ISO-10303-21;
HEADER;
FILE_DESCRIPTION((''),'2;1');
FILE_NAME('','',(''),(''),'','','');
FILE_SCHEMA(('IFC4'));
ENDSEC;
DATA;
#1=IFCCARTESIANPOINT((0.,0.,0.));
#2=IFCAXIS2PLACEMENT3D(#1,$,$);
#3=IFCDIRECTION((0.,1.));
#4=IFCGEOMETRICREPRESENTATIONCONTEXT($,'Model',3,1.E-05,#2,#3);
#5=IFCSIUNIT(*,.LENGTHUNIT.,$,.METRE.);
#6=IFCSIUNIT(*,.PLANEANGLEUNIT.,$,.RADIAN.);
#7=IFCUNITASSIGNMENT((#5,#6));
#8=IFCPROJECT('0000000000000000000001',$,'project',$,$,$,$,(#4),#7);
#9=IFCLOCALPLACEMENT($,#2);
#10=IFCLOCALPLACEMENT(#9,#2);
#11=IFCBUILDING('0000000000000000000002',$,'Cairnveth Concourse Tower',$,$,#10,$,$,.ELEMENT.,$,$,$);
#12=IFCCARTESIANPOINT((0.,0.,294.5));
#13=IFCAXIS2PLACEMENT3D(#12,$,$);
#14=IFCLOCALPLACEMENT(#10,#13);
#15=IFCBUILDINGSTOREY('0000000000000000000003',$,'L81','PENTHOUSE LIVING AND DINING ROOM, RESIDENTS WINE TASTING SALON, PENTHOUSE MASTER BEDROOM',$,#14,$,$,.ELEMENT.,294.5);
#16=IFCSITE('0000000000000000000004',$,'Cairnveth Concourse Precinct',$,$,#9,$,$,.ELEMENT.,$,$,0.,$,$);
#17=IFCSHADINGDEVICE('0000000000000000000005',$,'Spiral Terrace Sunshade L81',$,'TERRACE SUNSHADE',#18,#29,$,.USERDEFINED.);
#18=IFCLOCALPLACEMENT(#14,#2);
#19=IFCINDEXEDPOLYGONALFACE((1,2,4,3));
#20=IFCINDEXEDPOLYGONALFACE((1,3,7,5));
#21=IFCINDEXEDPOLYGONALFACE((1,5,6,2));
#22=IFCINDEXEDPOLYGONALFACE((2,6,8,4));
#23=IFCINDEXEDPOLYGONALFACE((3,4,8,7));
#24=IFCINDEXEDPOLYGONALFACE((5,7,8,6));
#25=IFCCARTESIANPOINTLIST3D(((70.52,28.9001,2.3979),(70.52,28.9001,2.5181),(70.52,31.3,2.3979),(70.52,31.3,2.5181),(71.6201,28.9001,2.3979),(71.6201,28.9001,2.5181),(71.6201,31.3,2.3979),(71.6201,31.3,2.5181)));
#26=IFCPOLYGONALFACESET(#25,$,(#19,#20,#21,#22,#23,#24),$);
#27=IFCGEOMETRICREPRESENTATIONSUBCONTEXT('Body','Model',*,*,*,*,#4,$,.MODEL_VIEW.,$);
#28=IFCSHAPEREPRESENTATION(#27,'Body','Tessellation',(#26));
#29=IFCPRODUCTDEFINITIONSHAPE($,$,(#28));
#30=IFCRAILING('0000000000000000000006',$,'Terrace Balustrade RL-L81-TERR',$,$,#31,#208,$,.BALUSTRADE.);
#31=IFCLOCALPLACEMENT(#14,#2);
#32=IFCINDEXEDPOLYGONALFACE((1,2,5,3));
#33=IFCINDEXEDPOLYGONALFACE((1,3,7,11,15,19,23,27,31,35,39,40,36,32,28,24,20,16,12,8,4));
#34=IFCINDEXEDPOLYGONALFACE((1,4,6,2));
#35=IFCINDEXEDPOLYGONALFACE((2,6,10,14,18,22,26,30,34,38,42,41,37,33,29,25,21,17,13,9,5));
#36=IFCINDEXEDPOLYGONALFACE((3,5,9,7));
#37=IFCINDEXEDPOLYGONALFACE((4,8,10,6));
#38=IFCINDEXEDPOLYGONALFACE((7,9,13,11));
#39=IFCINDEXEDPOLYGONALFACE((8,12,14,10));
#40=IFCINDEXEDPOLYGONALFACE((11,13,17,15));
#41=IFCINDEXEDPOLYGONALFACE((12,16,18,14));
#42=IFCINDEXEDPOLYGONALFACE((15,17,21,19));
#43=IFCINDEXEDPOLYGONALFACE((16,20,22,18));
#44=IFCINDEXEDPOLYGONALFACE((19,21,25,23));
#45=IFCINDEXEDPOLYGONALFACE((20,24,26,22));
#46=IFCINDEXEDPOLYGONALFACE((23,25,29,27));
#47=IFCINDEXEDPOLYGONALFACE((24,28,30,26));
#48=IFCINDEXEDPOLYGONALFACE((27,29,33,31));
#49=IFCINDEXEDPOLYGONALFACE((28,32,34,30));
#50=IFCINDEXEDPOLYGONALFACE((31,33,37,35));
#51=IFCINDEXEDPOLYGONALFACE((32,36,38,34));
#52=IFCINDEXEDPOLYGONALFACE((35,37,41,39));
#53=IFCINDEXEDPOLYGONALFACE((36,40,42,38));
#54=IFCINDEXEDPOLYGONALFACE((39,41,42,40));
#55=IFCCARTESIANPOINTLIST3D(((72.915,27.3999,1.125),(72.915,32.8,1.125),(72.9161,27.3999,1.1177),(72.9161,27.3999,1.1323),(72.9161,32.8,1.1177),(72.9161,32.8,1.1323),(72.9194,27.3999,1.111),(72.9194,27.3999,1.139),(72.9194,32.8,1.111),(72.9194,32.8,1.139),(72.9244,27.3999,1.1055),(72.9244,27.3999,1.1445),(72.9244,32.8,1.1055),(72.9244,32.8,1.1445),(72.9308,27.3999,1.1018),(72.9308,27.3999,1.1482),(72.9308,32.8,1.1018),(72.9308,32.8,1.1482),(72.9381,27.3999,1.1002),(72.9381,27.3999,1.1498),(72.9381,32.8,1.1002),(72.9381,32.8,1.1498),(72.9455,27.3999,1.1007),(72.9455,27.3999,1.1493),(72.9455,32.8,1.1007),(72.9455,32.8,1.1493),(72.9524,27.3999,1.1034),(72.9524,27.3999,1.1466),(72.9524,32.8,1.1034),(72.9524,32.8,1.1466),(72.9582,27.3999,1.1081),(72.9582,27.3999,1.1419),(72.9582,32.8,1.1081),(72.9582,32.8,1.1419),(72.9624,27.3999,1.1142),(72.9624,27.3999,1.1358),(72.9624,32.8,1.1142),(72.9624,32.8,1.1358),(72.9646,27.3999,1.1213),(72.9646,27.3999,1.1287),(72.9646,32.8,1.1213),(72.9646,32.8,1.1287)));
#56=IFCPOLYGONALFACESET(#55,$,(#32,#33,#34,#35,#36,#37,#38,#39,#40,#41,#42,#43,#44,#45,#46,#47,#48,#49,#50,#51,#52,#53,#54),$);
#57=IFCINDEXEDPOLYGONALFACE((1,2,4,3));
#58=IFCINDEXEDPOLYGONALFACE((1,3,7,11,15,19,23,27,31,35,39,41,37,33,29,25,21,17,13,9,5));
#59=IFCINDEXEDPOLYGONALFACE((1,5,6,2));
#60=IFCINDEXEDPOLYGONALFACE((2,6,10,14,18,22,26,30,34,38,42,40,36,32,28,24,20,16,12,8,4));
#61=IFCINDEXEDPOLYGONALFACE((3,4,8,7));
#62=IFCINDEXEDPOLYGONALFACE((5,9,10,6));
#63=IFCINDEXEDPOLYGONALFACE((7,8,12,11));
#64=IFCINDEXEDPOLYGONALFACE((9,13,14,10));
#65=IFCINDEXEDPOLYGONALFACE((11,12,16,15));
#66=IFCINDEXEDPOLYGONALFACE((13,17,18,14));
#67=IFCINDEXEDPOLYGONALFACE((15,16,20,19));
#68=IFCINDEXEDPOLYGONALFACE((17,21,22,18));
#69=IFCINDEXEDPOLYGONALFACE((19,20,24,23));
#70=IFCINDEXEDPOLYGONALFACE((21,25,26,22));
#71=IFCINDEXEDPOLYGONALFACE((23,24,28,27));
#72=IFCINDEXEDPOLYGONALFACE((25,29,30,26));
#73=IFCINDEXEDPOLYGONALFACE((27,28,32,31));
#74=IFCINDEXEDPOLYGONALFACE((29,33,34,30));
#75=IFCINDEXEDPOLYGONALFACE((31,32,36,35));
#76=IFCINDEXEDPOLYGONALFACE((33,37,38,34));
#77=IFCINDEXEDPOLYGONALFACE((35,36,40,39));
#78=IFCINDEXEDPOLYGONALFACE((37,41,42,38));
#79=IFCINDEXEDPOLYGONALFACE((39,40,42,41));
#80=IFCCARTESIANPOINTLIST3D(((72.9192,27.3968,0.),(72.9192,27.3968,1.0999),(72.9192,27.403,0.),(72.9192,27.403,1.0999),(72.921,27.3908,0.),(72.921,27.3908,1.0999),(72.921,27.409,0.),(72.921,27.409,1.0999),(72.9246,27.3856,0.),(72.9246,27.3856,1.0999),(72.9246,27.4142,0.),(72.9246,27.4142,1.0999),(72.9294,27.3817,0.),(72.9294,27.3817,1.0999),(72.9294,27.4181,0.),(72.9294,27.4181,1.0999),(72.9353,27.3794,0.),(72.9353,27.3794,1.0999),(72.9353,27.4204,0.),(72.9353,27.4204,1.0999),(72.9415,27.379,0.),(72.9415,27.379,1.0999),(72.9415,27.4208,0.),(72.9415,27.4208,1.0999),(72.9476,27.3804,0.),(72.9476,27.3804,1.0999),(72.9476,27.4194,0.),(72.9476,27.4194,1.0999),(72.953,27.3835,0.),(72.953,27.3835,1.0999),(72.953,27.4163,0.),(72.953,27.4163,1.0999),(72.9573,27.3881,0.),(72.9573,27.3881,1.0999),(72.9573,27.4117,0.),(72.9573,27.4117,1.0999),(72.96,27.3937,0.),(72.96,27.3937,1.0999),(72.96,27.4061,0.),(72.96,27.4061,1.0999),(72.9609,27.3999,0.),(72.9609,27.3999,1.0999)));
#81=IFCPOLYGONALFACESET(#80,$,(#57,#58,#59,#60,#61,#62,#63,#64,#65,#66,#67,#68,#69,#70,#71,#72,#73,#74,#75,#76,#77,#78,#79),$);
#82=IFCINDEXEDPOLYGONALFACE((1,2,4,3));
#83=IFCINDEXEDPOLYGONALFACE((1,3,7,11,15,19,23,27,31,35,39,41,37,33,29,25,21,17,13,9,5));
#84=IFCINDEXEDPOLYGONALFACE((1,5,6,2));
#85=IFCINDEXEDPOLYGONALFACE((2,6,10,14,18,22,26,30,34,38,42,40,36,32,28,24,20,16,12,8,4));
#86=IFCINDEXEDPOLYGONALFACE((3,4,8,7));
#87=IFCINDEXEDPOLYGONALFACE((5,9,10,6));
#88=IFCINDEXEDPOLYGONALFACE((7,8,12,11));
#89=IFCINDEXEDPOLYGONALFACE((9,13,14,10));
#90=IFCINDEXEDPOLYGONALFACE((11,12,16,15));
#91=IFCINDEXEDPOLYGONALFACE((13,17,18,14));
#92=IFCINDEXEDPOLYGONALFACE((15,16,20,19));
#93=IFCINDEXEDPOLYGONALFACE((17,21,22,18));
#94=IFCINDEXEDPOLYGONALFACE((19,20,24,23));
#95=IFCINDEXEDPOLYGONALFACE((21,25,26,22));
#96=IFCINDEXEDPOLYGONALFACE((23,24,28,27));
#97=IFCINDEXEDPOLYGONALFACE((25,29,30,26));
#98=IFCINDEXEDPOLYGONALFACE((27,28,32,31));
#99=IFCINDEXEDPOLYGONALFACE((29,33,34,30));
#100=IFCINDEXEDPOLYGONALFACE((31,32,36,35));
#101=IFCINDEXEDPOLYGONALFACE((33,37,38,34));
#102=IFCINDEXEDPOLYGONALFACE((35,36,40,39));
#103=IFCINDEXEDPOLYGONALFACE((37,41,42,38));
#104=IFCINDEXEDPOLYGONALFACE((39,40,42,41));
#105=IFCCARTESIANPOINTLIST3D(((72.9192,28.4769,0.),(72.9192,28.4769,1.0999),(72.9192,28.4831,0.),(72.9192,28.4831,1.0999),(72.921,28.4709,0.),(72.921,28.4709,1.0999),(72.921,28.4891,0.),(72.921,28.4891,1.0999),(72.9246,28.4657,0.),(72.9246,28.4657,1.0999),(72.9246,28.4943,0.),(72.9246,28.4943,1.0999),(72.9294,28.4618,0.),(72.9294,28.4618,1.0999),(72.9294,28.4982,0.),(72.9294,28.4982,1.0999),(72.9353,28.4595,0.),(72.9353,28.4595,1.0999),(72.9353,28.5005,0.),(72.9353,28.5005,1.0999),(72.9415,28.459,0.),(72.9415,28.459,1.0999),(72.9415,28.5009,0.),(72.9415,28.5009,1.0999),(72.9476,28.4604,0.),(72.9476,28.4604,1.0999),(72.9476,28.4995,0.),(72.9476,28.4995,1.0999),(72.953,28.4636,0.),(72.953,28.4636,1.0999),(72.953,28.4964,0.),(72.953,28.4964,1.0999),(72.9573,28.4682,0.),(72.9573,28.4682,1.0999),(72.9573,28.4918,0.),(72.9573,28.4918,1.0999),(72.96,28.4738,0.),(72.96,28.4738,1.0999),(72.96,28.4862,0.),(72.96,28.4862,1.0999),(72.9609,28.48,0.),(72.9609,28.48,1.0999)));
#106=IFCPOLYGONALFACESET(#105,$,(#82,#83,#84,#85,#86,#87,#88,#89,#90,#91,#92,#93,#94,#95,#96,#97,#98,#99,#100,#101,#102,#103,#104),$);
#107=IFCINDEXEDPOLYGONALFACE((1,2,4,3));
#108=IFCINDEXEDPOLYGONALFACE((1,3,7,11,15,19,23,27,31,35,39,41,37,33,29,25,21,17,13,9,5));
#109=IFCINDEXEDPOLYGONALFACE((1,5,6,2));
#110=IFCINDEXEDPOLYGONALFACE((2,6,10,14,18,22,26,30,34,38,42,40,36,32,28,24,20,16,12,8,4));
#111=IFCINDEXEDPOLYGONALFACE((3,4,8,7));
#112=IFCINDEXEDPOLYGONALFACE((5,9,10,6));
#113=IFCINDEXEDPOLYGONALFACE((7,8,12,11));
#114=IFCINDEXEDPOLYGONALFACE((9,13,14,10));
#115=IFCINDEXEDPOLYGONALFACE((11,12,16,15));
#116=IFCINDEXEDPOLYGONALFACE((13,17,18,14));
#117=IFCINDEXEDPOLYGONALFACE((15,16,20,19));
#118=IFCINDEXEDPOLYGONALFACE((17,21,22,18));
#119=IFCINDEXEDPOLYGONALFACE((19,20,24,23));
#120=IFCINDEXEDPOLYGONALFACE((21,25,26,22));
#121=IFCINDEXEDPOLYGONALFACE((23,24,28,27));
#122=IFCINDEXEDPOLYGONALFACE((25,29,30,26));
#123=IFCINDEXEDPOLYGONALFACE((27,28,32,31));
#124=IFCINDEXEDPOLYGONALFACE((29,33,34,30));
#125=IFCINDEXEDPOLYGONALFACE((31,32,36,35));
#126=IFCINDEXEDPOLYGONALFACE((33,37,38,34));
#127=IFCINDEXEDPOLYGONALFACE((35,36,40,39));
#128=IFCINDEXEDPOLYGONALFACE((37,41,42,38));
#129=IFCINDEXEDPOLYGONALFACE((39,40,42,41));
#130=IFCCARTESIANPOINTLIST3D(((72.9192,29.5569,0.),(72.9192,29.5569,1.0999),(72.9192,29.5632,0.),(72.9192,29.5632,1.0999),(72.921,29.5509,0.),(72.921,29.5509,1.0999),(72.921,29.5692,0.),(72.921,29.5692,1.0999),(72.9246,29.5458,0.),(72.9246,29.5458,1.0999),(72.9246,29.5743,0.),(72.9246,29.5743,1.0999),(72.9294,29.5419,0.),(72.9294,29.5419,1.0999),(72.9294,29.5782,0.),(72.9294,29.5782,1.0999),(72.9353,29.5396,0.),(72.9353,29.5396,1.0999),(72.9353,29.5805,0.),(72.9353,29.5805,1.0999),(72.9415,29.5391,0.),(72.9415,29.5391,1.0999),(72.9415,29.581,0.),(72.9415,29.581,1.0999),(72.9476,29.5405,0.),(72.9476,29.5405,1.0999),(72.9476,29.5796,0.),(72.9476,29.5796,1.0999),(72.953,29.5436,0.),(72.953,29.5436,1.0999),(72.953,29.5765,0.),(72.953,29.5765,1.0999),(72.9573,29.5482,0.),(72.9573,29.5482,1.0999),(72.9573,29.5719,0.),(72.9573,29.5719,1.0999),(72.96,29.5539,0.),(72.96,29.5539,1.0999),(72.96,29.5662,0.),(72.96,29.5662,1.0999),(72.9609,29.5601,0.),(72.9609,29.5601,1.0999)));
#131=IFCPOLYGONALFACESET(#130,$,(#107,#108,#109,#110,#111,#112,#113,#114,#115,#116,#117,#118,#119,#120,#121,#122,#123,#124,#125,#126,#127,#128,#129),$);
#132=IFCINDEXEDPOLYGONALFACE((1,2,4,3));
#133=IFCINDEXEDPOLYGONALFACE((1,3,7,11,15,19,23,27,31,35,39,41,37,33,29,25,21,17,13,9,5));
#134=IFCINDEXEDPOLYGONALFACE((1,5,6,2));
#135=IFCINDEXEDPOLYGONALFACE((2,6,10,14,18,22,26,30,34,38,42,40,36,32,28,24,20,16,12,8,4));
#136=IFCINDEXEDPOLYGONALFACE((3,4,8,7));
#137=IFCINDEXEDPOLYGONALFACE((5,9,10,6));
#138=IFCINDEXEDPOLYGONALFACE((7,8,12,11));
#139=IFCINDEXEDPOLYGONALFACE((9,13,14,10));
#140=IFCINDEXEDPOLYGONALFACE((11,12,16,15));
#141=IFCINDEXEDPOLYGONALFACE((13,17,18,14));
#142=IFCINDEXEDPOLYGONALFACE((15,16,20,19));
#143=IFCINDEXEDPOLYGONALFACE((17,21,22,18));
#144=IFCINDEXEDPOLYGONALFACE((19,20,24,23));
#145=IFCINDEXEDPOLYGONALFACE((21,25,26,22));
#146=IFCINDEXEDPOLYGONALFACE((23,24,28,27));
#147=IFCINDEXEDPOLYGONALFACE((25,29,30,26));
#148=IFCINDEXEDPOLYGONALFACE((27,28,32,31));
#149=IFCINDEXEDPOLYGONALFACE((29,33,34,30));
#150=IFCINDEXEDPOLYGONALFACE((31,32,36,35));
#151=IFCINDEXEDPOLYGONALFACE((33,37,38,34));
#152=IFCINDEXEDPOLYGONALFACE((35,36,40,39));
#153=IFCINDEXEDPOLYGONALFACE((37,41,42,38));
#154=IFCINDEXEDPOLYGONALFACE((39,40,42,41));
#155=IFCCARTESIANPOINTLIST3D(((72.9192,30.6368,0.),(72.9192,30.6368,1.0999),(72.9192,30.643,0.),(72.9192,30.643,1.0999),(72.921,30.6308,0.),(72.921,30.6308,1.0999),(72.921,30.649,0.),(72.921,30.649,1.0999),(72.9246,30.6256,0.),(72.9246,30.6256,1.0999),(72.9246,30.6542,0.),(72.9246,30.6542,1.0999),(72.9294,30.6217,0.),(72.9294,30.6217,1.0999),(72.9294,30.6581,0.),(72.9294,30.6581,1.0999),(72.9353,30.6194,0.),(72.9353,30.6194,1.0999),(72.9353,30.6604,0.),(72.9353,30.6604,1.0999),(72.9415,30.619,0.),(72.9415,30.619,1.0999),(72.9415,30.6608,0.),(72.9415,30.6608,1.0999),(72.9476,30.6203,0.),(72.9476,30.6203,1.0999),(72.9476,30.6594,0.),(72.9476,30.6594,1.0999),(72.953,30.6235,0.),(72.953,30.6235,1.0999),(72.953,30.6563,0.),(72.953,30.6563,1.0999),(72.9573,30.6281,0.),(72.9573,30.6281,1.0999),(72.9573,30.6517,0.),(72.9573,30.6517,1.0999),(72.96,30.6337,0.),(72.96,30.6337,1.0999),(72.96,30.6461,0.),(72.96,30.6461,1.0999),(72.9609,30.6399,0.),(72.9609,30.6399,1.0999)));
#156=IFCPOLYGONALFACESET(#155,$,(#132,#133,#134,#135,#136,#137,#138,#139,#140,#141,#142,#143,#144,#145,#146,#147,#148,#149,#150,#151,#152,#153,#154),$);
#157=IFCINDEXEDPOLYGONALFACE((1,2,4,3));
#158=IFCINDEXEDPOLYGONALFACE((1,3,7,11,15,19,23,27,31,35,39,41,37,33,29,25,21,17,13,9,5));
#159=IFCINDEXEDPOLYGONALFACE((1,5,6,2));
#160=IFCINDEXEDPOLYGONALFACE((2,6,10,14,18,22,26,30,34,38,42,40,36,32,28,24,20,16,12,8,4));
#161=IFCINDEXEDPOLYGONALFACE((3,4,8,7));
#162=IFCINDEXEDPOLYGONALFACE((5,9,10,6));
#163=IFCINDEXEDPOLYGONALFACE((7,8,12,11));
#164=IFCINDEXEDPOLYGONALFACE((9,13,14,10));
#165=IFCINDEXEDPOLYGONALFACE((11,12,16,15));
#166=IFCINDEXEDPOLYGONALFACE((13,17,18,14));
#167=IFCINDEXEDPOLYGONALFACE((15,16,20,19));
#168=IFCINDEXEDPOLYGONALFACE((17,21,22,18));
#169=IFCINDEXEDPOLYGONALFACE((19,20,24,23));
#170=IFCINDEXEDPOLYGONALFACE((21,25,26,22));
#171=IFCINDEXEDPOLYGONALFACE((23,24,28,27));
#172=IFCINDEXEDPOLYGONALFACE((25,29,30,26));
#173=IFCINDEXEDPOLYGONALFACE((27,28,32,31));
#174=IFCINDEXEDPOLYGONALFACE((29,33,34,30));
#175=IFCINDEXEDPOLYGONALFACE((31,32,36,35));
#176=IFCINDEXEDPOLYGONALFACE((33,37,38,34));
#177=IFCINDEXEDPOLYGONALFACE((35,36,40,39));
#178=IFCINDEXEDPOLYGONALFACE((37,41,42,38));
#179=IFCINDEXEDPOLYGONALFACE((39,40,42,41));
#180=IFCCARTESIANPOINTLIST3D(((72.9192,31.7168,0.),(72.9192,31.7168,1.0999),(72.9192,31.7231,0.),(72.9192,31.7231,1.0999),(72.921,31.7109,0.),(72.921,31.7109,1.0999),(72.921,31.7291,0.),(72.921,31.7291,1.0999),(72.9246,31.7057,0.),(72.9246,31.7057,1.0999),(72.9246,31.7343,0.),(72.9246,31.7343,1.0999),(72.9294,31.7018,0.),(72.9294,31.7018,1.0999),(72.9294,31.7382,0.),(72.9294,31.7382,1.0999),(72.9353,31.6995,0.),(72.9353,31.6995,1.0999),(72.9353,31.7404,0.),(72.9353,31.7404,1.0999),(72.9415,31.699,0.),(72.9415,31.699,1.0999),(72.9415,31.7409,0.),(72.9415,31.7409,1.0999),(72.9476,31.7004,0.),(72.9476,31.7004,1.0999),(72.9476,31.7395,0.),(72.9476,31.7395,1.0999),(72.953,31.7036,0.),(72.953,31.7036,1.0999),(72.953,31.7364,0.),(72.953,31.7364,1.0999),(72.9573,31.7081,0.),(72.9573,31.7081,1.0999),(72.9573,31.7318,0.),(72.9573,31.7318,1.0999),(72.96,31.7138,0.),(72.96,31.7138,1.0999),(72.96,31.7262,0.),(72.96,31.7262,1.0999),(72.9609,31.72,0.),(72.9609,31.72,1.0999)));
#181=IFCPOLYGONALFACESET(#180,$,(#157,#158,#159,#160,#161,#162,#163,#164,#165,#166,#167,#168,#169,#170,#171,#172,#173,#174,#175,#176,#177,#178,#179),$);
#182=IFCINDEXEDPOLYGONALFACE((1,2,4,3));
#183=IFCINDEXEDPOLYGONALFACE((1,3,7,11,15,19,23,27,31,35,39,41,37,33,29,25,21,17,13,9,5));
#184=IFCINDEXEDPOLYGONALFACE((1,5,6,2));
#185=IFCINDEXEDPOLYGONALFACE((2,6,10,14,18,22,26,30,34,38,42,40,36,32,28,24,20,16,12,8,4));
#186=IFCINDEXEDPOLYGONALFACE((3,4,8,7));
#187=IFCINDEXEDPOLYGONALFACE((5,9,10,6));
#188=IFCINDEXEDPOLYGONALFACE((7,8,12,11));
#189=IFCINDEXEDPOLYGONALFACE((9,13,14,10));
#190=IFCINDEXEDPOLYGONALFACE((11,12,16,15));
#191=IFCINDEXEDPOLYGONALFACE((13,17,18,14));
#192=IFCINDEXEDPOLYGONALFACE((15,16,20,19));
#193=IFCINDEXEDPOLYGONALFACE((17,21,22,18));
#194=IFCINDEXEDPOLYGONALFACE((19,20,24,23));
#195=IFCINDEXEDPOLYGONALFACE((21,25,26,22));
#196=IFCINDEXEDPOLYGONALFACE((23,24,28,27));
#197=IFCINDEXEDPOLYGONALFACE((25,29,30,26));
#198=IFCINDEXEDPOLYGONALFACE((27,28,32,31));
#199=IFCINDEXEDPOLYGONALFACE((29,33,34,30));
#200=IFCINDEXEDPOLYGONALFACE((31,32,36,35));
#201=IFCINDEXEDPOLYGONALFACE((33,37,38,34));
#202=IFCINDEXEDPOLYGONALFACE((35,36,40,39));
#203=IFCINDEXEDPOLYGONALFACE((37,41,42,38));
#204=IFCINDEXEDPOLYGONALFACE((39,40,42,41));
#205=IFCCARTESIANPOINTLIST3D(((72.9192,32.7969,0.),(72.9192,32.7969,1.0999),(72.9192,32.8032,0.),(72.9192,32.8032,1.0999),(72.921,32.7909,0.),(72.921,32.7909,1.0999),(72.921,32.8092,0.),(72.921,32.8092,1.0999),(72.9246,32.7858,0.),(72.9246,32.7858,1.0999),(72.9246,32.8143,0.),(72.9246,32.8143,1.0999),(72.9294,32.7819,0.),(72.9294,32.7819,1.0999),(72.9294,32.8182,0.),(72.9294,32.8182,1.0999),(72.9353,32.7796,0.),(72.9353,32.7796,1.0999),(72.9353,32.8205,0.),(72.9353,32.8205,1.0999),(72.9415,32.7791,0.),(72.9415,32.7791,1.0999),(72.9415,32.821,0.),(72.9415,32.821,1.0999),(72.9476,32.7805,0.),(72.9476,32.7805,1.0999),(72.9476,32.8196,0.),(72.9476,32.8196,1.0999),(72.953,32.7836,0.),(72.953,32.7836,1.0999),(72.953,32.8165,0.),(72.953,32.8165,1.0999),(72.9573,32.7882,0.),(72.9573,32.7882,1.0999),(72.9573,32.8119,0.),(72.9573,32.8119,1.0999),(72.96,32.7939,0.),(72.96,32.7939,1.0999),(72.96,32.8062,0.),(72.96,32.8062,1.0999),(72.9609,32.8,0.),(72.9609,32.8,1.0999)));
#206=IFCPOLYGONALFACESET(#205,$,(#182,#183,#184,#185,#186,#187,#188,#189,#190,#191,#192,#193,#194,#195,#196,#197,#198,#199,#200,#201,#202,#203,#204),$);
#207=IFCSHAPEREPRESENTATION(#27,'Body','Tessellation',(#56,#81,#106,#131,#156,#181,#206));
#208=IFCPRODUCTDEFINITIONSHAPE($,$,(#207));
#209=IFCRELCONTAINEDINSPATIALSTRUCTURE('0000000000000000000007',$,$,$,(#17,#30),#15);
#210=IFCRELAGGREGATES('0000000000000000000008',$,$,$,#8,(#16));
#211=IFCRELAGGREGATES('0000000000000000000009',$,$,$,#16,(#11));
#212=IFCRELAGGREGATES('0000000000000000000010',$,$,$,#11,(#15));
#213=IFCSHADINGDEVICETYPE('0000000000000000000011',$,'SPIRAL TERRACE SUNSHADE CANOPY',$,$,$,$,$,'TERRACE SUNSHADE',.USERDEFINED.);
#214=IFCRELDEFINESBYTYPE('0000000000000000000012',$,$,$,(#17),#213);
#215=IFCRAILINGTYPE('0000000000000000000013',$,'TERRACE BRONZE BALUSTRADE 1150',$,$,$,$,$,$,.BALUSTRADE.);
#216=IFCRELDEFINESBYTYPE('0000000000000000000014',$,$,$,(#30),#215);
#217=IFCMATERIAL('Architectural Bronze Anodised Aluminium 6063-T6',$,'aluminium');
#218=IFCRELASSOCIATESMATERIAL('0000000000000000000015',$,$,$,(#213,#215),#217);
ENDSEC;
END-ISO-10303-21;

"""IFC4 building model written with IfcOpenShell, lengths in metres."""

from ifc_helpers import new_model, si_unit, direction, frame, origin, origin_2d, place, context, subcontext, project, spatial, rectangle, circle, extrude, material, type_object, element, save


model = new_model("IFC4")

# Units and contexts
model_context = context("Model", 3, precision=1e-05, world=origin(), true_north=direction((0.0, 1.0)))
body_context = subcontext(model_context, "Body", "Model", "MODEL_VIEW")
ifc_project = project(units=[si_unit("LENGTHUNIT", "METRE"), si_unit("PLANEANGLEUNIT", "RADIAN")], contexts=[model_context])

# Site, building, storey
site_placement = place(None, origin())
site = spatial("IfcSite", under=ifc_project, at=site_placement, Name="Cairnveth Concourse Precinct", CompositionType="ELEMENT", RefElevation=0.0)
building_placement = place(site_placement, origin())
building = spatial("IfcBuilding", under=site, at=building_placement, Name="Cairnveth Concourse Tower", CompositionType="ELEMENT")
storey_placement = place(building_placement, frame((0.0, 0.0, 294.5)))
storey = spatial("IfcBuildingStorey", under=building, at=storey_placement, Name="L81", Description="PENTHOUSE LIVING AND DINING ROOM, RESIDENTS WINE TASTING SALON, PENTHOUSE MASTER BEDROOM", CompositionType="ELEMENT", Elevation=294.5)

# Shared definitions
ifc_material_1 = material(Name="Architectural Bronze Anodised Aluminium 6063-T6", Category="aluminium")

# Shading device
shading_device_type = type_object("IfcShadingDeviceType", Name="SPIRAL TERRACE SUNSHADE CANOPY", ElementType="TERRACE SUNSHADE", PredefinedType="USERDEFINED", material=ifc_material_1)
shading_device_placement = place(storey_placement, frame((71.0701, 30.1001, 2.3979), z_axis=(0.0, 0.0, 1.0), x_axis=(1.0, 0.0, 0.0)))
element("IfcShadingDevice", 1, at=shading_device_placement, inside=storey, type_object=shading_device_type, Name="Spiral Terrace Sunshade L81", ObjectType="TERRACE SUNSHADE", PredefinedType="USERDEFINED", context=body_context, shape_type="SweptSolid", body=[
    extrude(rectangle(XDim=1.1001, YDim=2.3999, at=origin_2d()), origin(), (0.0, 0.0, 1.0), 0.1201),
])

# Railing
railing_type = type_object("IfcRailingType", Name="TERRACE BRONZE BALUSTRADE 1150", PredefinedType="BALUSTRADE", material=ifc_material_1)
railing_placement = place(storey_placement, frame((72.9399, 27.3999, 0.0)))
element("IfcRailing", 2, at=railing_placement, inside=storey, type_object=railing_type, Name="Terrace Balustrade RL-L81-TERR", PredefinedType="BALUSTRADE", context=body_context, shape_type="SweptSolid", body=[
    extrude(circle(Radius=0.0249, at=origin_2d()), frame((0.0, 0.0, 1.125), z_axis=(0.0, 1.0, 0.0), x_axis=(-1.0, 0.0, 0.0)), (0.0, 0.0, 1.0), 5.4001),
    extrude(circle(Radius=0.021, at=origin_2d()), origin(), (0.0, 0.0, 1.0), 1.0999),
    extrude(circle(Radius=0.021, at=origin_2d()), frame((0.0, 1.0801, 0.0)), (0.0, 0.0, 1.0), 1.0999),
    extrude(circle(Radius=0.021, at=origin_2d()), frame((0.0, 2.1602, 0.0)), (0.0, 0.0, 1.0), 1.0999),
    extrude(circle(Radius=0.021, at=origin_2d()), frame((0.0, 3.24, 0.0)), (0.0, 0.0, 1.0), 1.0999),
    extrude(circle(Radius=0.021, at=origin_2d()), frame((0.0, 4.3201, 0.0)), (0.0, 0.0, 1.0), 1.0999),
    extrude(circle(Radius=0.021, at=origin_2d()), frame((0.0, 5.4001, 0.0)), (0.0, 0.0, 1.0), 1.0999),
])

save(model, "model.ifc")
